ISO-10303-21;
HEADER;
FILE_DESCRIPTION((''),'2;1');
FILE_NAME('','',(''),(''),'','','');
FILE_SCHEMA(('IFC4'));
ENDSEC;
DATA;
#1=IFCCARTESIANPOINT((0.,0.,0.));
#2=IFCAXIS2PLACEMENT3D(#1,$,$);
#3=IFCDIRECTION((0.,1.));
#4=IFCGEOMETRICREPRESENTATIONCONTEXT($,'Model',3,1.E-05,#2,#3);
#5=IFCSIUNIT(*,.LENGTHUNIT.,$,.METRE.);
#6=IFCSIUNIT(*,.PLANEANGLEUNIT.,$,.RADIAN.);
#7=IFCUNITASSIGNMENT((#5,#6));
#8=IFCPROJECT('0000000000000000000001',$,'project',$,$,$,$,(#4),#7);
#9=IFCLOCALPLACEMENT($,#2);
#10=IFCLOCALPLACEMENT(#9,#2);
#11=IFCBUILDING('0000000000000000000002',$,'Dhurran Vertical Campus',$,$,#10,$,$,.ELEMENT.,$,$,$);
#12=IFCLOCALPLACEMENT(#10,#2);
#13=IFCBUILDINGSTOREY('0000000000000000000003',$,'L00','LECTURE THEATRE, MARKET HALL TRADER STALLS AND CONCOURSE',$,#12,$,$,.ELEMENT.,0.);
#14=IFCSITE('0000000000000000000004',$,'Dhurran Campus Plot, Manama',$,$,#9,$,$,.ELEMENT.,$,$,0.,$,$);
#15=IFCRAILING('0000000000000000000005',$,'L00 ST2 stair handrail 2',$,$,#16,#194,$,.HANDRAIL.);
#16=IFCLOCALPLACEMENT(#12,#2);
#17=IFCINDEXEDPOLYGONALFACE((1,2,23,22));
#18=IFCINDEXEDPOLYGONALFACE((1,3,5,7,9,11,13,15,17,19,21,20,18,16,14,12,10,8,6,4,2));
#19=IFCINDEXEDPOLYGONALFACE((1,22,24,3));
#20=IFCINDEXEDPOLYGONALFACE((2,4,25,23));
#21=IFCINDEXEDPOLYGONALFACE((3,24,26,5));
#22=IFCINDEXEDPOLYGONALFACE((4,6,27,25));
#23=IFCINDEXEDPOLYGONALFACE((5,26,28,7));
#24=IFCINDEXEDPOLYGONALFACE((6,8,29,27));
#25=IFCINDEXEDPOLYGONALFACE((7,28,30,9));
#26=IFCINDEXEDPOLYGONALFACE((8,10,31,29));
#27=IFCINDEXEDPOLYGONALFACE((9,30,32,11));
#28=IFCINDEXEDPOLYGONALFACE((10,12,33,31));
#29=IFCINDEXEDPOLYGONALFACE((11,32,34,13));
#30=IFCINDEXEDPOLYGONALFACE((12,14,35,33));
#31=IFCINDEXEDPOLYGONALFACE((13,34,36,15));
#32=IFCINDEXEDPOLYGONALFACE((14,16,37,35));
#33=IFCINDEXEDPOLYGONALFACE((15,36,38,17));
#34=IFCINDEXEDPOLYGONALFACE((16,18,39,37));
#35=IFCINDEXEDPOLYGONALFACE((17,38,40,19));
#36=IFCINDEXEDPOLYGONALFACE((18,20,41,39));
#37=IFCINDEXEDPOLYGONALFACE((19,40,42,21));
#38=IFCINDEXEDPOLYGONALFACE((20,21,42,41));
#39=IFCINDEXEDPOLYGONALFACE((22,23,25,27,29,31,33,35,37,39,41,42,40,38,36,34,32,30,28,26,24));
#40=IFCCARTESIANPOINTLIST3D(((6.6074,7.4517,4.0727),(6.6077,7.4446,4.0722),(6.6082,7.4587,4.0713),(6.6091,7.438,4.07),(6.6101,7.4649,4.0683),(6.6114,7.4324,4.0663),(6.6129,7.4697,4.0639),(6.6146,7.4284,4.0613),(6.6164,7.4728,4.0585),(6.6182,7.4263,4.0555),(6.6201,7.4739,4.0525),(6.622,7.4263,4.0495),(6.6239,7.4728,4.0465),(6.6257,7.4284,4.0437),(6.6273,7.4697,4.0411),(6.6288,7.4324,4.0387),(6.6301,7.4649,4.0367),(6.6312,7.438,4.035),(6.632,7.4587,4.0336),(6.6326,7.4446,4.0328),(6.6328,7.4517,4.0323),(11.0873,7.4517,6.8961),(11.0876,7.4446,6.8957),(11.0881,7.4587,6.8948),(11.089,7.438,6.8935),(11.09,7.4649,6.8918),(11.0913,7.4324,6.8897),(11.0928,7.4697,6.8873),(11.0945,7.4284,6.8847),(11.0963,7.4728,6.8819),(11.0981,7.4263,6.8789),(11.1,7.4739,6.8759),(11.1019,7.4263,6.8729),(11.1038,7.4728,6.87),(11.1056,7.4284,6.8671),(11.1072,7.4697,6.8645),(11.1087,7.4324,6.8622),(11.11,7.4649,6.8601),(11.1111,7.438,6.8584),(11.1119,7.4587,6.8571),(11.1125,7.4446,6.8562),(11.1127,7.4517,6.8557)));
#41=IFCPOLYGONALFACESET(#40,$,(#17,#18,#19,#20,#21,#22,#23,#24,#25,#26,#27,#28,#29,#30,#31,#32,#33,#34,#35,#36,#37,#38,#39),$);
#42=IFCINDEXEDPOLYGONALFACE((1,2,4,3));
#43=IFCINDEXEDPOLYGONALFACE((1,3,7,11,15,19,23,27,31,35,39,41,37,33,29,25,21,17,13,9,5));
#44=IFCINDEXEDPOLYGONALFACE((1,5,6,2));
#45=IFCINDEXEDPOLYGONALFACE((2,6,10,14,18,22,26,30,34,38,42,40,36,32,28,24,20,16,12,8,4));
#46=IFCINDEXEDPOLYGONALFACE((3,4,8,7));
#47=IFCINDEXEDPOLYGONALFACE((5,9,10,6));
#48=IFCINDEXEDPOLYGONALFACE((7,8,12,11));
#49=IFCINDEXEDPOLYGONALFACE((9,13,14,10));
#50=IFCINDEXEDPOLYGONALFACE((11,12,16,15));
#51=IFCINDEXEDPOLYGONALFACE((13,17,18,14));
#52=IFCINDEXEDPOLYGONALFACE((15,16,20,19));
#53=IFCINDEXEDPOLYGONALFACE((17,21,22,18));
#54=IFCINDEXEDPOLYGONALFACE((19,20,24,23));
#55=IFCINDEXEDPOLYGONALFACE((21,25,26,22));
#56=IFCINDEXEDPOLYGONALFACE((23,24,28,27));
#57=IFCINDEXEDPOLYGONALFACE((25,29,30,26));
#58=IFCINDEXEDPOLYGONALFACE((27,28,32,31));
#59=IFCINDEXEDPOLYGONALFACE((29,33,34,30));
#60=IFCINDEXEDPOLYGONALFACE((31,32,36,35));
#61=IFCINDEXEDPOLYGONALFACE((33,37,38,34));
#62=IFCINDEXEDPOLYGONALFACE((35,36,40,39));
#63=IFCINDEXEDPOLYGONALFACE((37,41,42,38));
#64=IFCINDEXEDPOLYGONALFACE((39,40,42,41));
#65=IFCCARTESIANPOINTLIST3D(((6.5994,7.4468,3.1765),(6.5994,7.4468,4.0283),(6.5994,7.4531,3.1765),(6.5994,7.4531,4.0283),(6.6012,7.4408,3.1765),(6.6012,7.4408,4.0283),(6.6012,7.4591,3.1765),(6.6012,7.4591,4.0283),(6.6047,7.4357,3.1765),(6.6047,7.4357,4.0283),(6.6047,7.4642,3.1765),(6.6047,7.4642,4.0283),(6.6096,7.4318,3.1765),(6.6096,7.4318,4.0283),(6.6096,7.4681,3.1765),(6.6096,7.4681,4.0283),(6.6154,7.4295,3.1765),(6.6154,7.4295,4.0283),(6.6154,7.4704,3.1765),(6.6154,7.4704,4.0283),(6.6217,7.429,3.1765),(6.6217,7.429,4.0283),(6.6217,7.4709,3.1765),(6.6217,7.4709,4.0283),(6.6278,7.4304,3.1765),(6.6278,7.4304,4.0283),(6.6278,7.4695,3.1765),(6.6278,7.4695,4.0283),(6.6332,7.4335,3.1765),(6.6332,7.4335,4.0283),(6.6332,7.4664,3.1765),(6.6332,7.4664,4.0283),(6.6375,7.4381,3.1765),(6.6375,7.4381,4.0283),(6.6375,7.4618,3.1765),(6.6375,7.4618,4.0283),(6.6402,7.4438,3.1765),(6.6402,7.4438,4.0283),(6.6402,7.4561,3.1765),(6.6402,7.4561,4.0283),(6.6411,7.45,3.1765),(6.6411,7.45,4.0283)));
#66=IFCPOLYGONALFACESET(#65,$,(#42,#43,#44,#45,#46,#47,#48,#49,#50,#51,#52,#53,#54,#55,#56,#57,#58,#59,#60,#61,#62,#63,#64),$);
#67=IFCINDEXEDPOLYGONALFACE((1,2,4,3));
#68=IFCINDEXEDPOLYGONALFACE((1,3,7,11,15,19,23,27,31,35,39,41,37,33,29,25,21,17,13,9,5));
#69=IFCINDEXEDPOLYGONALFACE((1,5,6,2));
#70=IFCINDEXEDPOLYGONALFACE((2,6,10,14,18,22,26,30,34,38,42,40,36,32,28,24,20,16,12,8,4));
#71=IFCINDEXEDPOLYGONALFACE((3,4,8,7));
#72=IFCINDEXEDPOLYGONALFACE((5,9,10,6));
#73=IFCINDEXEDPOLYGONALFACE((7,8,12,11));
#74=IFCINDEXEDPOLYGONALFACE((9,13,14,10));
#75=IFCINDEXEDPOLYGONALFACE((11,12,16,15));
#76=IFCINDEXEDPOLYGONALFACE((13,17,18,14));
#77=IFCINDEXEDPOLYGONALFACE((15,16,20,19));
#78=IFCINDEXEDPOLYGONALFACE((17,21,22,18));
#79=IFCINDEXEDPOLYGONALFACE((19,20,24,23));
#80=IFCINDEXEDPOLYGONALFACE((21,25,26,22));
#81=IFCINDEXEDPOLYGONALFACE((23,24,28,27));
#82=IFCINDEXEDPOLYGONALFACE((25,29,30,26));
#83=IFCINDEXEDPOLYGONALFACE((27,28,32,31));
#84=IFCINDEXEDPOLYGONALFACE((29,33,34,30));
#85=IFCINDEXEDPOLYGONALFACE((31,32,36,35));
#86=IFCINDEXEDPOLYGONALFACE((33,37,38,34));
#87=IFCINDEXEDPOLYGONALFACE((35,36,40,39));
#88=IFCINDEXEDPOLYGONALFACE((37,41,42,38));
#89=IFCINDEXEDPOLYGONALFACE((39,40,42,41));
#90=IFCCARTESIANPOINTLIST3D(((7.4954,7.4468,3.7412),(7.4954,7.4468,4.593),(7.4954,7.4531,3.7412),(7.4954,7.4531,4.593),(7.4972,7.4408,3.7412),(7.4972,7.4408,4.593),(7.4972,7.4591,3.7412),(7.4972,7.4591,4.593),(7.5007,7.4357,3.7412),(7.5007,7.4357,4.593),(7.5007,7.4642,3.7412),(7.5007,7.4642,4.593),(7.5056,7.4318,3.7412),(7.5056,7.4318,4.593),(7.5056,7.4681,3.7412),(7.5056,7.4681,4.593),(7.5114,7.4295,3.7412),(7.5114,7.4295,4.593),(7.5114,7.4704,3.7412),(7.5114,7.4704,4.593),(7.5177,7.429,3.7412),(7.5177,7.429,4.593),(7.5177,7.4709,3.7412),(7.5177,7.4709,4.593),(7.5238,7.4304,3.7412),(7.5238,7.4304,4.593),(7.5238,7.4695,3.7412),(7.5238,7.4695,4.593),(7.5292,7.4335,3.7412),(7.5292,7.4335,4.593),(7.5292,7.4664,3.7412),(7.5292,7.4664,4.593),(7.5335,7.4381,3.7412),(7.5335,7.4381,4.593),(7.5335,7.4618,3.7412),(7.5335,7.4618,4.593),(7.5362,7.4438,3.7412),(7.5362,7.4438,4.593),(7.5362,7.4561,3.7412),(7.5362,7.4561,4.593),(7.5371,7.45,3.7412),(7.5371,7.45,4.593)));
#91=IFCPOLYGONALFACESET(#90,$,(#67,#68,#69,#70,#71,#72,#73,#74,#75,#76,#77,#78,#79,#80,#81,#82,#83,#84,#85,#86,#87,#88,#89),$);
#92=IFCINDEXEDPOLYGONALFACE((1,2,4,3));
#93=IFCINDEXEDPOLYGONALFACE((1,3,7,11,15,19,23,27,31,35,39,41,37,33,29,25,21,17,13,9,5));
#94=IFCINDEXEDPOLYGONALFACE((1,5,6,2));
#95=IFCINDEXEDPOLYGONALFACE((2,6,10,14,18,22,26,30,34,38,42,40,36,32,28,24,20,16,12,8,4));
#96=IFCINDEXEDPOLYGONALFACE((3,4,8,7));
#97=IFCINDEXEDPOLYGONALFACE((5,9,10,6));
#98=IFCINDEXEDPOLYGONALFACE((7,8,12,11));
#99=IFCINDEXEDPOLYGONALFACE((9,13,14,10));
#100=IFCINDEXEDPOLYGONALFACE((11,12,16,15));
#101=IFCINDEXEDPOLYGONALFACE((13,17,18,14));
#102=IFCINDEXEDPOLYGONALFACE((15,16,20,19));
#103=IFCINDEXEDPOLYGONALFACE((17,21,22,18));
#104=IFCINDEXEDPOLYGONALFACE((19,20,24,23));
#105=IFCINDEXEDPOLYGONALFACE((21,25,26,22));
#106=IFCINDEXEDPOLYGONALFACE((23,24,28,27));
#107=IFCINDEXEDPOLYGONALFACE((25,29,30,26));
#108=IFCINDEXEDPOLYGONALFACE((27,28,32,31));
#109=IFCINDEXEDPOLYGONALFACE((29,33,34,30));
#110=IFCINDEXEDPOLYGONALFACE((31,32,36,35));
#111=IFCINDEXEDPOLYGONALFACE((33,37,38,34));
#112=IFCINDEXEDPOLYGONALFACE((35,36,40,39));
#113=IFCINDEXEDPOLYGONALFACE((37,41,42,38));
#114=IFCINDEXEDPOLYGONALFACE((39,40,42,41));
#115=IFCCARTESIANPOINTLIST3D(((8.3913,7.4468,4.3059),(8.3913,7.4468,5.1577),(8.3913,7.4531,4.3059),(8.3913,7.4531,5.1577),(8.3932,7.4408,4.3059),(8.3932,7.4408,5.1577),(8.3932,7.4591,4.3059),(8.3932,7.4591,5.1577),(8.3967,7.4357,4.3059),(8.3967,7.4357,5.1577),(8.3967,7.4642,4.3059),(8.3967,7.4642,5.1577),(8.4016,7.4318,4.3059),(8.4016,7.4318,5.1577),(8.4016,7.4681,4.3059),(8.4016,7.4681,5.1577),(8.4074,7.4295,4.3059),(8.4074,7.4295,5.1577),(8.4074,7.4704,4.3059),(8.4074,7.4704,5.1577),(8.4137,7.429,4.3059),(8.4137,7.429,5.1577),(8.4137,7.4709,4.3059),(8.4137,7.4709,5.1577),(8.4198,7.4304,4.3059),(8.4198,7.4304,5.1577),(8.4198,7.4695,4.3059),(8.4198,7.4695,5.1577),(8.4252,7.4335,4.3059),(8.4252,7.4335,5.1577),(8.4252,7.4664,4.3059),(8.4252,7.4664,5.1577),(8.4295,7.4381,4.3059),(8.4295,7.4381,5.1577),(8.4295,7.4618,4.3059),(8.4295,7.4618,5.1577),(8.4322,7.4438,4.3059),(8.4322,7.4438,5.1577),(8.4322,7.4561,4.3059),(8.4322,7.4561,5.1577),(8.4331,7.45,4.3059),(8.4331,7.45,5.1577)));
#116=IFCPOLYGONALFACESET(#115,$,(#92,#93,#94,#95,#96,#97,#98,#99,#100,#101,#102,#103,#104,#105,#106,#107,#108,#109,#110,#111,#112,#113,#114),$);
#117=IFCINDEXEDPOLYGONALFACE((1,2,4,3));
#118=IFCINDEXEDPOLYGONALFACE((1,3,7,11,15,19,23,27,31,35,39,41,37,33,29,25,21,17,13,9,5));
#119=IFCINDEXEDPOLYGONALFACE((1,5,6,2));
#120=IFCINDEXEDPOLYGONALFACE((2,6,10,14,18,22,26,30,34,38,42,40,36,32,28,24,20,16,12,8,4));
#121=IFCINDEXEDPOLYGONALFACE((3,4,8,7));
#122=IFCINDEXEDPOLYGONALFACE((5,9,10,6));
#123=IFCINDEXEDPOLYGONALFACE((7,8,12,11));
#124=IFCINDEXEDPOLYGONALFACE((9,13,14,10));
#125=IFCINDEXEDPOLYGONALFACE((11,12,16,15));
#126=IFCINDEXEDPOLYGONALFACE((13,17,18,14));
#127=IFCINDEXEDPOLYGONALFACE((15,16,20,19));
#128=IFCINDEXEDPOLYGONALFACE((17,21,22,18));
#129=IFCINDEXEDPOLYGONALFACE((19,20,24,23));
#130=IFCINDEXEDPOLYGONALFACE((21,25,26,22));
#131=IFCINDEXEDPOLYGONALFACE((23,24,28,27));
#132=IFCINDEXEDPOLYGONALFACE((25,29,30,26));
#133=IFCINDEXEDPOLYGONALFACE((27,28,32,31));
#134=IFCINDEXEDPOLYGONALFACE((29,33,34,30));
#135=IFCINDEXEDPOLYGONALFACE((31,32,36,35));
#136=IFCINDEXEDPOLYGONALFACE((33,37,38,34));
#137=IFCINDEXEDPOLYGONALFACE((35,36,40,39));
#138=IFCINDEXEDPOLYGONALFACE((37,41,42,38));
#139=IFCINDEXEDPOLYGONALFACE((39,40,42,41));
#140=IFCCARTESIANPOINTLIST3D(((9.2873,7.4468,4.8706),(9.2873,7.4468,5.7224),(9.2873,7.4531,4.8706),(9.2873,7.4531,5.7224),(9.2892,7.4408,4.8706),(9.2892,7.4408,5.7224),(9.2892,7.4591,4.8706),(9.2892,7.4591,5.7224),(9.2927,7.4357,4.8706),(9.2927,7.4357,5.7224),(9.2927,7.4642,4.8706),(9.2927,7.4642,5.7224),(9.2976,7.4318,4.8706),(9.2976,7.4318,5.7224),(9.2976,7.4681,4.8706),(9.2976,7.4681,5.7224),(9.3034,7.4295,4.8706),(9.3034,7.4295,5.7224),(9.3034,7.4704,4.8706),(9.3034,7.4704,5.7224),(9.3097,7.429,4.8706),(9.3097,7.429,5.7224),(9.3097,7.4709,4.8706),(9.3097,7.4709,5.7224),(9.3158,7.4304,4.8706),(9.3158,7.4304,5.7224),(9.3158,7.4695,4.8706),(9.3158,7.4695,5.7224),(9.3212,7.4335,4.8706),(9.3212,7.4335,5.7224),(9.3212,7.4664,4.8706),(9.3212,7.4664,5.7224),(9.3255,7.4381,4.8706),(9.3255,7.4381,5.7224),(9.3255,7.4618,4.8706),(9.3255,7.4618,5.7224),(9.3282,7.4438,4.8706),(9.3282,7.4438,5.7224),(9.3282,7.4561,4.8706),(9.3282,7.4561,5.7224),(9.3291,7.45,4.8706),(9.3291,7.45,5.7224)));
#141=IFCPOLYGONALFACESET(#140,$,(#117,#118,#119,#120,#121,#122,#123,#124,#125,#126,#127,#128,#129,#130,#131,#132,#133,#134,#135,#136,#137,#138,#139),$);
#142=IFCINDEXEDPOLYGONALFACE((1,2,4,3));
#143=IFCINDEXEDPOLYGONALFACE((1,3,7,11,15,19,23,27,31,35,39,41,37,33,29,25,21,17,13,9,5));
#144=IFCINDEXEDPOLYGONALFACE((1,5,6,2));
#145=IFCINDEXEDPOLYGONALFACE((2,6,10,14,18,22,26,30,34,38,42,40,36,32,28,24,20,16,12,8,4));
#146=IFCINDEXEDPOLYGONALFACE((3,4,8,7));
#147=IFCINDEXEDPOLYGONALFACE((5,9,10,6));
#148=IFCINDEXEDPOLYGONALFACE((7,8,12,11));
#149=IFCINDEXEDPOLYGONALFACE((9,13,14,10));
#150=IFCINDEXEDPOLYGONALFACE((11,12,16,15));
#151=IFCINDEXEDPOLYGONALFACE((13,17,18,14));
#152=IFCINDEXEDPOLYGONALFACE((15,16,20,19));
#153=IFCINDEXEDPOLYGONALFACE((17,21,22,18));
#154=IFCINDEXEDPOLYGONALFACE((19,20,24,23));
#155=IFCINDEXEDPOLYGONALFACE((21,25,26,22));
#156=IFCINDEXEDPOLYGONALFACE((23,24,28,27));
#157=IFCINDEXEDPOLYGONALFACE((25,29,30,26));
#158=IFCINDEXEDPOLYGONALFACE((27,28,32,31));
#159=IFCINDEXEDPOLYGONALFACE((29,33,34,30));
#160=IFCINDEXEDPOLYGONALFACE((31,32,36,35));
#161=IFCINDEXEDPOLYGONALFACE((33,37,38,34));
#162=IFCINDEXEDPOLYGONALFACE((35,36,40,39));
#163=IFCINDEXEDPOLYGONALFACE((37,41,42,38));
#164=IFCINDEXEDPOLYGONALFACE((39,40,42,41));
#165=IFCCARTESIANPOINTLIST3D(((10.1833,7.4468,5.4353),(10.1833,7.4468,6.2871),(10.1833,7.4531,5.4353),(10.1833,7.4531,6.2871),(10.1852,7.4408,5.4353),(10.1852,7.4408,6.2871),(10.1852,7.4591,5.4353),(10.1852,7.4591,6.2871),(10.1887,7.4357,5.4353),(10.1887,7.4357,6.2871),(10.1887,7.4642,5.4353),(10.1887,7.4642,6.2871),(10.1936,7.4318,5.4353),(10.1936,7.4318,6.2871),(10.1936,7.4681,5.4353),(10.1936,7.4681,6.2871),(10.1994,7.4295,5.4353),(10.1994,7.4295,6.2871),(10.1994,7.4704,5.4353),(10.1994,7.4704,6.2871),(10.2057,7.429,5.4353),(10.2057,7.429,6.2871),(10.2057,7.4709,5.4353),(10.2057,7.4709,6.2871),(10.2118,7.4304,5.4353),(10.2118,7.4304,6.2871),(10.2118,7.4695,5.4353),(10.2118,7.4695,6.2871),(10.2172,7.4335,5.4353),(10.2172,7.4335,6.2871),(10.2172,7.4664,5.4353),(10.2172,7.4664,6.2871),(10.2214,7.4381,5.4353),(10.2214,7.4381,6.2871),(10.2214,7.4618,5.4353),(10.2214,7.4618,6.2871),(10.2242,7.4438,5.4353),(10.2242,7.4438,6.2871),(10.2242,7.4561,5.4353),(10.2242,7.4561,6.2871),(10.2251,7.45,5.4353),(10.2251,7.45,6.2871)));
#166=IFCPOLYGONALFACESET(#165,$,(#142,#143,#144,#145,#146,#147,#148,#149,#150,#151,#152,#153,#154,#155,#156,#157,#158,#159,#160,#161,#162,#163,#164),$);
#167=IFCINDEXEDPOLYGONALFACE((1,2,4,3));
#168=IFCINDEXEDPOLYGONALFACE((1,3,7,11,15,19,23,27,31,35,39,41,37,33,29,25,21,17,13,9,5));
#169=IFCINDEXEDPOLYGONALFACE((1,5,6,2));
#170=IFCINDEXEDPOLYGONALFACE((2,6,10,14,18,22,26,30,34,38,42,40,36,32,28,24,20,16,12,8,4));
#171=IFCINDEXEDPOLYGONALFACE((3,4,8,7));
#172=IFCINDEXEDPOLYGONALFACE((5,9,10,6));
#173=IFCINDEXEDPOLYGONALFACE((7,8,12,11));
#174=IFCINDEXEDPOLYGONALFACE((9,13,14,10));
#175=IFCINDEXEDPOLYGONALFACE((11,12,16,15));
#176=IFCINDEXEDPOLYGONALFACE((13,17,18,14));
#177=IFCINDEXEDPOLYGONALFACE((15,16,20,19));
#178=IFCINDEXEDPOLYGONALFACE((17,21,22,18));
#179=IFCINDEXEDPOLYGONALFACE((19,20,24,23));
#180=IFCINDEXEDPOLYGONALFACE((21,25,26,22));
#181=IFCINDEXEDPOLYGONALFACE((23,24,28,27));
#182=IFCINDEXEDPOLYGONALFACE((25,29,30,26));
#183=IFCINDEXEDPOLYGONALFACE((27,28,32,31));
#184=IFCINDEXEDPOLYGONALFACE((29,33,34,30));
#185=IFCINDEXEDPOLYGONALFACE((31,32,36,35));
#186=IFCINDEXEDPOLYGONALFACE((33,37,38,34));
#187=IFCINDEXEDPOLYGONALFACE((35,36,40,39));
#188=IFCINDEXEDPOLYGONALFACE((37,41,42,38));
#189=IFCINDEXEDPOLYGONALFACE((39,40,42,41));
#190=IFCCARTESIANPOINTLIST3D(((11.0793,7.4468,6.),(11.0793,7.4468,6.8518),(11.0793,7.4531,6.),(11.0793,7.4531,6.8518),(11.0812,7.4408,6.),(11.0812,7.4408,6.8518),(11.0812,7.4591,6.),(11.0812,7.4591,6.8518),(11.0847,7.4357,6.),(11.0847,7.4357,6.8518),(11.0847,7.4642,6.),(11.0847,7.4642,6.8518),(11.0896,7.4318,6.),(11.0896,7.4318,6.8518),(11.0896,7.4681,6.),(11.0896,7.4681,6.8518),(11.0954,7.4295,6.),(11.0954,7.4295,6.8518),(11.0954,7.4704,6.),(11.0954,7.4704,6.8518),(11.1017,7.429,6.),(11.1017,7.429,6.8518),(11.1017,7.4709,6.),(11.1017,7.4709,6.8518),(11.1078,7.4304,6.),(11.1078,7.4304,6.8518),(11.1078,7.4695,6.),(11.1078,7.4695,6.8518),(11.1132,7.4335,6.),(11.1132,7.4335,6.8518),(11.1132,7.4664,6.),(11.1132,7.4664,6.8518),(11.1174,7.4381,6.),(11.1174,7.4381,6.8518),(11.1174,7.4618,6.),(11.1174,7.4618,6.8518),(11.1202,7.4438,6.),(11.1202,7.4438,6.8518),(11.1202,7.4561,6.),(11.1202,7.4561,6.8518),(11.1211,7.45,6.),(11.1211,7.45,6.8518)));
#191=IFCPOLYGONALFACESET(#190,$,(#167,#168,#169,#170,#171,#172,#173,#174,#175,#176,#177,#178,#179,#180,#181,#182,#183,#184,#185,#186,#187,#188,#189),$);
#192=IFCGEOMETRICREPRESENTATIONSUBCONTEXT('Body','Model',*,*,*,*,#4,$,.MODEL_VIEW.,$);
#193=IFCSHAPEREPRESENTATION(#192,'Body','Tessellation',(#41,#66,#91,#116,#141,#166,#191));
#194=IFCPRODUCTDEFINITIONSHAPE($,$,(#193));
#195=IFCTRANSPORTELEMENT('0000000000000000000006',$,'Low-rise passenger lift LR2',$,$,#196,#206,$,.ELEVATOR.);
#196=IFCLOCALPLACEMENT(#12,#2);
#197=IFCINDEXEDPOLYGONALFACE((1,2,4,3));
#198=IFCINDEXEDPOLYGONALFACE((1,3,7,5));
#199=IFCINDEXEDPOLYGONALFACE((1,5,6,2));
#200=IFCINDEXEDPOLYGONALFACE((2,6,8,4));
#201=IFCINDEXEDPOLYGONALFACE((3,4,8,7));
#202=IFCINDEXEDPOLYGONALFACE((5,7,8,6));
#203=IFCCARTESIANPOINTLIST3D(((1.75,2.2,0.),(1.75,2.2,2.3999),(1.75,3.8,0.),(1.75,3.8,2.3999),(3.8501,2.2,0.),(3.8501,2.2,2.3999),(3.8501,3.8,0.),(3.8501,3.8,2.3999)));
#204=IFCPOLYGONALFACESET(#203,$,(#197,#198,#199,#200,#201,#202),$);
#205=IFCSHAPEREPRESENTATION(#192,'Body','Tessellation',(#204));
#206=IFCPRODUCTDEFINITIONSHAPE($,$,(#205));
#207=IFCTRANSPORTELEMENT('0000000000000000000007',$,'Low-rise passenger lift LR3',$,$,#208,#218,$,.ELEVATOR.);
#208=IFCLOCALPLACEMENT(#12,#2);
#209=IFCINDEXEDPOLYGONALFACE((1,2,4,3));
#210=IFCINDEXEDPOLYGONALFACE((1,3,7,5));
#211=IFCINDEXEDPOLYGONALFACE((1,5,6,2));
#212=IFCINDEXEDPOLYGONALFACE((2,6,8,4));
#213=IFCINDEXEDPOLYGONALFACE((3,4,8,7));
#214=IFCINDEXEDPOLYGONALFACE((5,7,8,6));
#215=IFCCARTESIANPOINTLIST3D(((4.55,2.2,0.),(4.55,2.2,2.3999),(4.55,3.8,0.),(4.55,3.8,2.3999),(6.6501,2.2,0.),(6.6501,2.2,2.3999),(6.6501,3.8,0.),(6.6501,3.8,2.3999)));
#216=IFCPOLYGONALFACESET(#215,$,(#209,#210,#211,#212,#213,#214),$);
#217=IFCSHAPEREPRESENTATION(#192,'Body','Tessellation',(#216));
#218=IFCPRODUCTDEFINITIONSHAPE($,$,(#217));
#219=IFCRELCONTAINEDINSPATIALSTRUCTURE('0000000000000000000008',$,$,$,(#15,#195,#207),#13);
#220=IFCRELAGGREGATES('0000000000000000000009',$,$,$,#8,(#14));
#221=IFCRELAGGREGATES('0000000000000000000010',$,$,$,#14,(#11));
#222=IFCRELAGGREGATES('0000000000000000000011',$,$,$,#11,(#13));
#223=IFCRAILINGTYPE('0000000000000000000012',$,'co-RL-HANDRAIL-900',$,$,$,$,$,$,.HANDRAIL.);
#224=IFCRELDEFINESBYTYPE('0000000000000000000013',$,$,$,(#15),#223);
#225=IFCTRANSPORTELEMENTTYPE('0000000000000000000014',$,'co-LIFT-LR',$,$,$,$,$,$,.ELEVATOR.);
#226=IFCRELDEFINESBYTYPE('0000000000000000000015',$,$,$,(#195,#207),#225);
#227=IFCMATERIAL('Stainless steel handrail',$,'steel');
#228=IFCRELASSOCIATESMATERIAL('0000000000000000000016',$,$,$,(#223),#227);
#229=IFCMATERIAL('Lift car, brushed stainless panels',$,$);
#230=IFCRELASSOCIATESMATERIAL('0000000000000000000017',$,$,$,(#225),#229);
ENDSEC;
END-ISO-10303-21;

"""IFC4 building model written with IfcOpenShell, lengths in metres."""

from ifc_helpers import new_model, si_unit, direction, frame, origin, origin_2d, place, context, subcontext, project, spatial, rectangle, circle, extrude, material, type_object, element, save


model = new_model("IFC4")

# Units and contexts
model_context = context("Model", 3, precision=1e-05, world=origin(), true_north=direction((0.0, 1.0)))
body_context = subcontext(model_context, "Body", "Model", "MODEL_VIEW")
ifc_project = project(units=[si_unit("LENGTHUNIT", "METRE"), si_unit("PLANEANGLEUNIT", "RADIAN")], contexts=[model_context])

# Site, building, storey
site_placement = place(None, origin())
site = spatial("IfcSite", under=ifc_project, at=site_placement, Name="Dhurran Campus Plot, Manama", CompositionType="ELEMENT", RefElevation=0.0)
building_placement = place(site_placement, origin())
building = spatial("IfcBuilding", under=site, at=building_placement, Name="Dhurran Vertical Campus", CompositionType="ELEMENT")
storey_placement = place(building_placement, origin())
storey = spatial("IfcBuildingStorey", under=building, at=storey_placement, Name="L00", Description="LECTURE THEATRE, MARKET HALL TRADER STALLS AND CONCOURSE", CompositionType="ELEMENT", Elevation=0.0)

# Railing
ifc_material_1 = material(Name="Stainless steel handrail", Category="steel")
railing_type_1 = type_object("IfcRailingType", Name="co-RL-HANDRAIL-900", PredefinedType="HANDRAIL", material=ifc_material_1)
railing_1_placement = place(storey_placement, frame((6.6201, 7.45, 3.1765)))
element("IfcRailing", 1, at=railing_1_placement, inside=storey, type_object=railing_type_1, Name="L00 ST2 stair handrail 2", PredefinedType="HANDRAIL", context=body_context, shape_type="SweptSolid", body=[
    extrude(circle(Radius=0.0239, at=origin_2d()), frame((0.0, 0.0, 0.876), z_axis=(0.845998, 0.0, 0.533186), x_axis=(0.0, 1.0, 0.0)), (0.0, 0.0, 1.0), 5.2954),
    extrude(circle(Radius=0.021, at=origin_2d()), origin(), (0.0, 0.0, 1.0), 0.8518),
    extrude(circle(Radius=0.021, at=origin_2d()), frame((0.896, 0.0, 0.5647)), (0.0, 0.0, 1.0), 0.8518),
    extrude(circle(Radius=0.021, at=origin_2d()), frame((1.792, 0.0, 1.1294)), (0.0, 0.0, 1.0), 0.8518),
    extrude(circle(Radius=0.021, at=origin_2d()), frame((2.688, 0.0, 1.6941)), (0.0, 0.0, 1.0), 0.8518),
    extrude(circle(Radius=0.021, at=origin_2d()), frame((3.584, 0.0, 2.2588)), (0.0, 0.0, 1.0), 0.8518),
    extrude(circle(Radius=0.021, at=origin_2d()), frame((4.48, 0.0, 2.8235)), (0.0, 0.0, 1.0), 0.8518),
])

# Transport elements
ifc_material_2 = material(Name="Lift car, brushed stainless panels")
transport_element_type = type_object("IfcTransportElementType", Name="co-LIFT-LR", PredefinedType="ELEVATOR", material=ifc_material_2)
for number, where, z_axis, x_axis, name in (
    (2, (2.8, 3.0, 0.0), (0.0, 0.0, 1.0), (1.0, 0.0, 0.0), "Low-rise passenger lift LR2"),
    (3, (5.6001, 3.0, 0.0), (0.0, 0.0, 1.0), (1.0, 0.0, 0.0), "Low-rise passenger lift LR3"),
):
    element("IfcTransportElement", number, at=place(storey_placement, frame(where, z_axis=z_axis, x_axis=x_axis)), inside=storey, type_object=transport_element_type, Name=name, PredefinedType="ELEVATOR", context=body_context, shape_type="SweptSolid", body=[
        extrude(rectangle(XDim=2.1001, YDim=1.6001, at=origin_2d()), origin(), (0.0, 0.0, 1.0), 2.3999),
    ])

save(model, "model.ifc")
